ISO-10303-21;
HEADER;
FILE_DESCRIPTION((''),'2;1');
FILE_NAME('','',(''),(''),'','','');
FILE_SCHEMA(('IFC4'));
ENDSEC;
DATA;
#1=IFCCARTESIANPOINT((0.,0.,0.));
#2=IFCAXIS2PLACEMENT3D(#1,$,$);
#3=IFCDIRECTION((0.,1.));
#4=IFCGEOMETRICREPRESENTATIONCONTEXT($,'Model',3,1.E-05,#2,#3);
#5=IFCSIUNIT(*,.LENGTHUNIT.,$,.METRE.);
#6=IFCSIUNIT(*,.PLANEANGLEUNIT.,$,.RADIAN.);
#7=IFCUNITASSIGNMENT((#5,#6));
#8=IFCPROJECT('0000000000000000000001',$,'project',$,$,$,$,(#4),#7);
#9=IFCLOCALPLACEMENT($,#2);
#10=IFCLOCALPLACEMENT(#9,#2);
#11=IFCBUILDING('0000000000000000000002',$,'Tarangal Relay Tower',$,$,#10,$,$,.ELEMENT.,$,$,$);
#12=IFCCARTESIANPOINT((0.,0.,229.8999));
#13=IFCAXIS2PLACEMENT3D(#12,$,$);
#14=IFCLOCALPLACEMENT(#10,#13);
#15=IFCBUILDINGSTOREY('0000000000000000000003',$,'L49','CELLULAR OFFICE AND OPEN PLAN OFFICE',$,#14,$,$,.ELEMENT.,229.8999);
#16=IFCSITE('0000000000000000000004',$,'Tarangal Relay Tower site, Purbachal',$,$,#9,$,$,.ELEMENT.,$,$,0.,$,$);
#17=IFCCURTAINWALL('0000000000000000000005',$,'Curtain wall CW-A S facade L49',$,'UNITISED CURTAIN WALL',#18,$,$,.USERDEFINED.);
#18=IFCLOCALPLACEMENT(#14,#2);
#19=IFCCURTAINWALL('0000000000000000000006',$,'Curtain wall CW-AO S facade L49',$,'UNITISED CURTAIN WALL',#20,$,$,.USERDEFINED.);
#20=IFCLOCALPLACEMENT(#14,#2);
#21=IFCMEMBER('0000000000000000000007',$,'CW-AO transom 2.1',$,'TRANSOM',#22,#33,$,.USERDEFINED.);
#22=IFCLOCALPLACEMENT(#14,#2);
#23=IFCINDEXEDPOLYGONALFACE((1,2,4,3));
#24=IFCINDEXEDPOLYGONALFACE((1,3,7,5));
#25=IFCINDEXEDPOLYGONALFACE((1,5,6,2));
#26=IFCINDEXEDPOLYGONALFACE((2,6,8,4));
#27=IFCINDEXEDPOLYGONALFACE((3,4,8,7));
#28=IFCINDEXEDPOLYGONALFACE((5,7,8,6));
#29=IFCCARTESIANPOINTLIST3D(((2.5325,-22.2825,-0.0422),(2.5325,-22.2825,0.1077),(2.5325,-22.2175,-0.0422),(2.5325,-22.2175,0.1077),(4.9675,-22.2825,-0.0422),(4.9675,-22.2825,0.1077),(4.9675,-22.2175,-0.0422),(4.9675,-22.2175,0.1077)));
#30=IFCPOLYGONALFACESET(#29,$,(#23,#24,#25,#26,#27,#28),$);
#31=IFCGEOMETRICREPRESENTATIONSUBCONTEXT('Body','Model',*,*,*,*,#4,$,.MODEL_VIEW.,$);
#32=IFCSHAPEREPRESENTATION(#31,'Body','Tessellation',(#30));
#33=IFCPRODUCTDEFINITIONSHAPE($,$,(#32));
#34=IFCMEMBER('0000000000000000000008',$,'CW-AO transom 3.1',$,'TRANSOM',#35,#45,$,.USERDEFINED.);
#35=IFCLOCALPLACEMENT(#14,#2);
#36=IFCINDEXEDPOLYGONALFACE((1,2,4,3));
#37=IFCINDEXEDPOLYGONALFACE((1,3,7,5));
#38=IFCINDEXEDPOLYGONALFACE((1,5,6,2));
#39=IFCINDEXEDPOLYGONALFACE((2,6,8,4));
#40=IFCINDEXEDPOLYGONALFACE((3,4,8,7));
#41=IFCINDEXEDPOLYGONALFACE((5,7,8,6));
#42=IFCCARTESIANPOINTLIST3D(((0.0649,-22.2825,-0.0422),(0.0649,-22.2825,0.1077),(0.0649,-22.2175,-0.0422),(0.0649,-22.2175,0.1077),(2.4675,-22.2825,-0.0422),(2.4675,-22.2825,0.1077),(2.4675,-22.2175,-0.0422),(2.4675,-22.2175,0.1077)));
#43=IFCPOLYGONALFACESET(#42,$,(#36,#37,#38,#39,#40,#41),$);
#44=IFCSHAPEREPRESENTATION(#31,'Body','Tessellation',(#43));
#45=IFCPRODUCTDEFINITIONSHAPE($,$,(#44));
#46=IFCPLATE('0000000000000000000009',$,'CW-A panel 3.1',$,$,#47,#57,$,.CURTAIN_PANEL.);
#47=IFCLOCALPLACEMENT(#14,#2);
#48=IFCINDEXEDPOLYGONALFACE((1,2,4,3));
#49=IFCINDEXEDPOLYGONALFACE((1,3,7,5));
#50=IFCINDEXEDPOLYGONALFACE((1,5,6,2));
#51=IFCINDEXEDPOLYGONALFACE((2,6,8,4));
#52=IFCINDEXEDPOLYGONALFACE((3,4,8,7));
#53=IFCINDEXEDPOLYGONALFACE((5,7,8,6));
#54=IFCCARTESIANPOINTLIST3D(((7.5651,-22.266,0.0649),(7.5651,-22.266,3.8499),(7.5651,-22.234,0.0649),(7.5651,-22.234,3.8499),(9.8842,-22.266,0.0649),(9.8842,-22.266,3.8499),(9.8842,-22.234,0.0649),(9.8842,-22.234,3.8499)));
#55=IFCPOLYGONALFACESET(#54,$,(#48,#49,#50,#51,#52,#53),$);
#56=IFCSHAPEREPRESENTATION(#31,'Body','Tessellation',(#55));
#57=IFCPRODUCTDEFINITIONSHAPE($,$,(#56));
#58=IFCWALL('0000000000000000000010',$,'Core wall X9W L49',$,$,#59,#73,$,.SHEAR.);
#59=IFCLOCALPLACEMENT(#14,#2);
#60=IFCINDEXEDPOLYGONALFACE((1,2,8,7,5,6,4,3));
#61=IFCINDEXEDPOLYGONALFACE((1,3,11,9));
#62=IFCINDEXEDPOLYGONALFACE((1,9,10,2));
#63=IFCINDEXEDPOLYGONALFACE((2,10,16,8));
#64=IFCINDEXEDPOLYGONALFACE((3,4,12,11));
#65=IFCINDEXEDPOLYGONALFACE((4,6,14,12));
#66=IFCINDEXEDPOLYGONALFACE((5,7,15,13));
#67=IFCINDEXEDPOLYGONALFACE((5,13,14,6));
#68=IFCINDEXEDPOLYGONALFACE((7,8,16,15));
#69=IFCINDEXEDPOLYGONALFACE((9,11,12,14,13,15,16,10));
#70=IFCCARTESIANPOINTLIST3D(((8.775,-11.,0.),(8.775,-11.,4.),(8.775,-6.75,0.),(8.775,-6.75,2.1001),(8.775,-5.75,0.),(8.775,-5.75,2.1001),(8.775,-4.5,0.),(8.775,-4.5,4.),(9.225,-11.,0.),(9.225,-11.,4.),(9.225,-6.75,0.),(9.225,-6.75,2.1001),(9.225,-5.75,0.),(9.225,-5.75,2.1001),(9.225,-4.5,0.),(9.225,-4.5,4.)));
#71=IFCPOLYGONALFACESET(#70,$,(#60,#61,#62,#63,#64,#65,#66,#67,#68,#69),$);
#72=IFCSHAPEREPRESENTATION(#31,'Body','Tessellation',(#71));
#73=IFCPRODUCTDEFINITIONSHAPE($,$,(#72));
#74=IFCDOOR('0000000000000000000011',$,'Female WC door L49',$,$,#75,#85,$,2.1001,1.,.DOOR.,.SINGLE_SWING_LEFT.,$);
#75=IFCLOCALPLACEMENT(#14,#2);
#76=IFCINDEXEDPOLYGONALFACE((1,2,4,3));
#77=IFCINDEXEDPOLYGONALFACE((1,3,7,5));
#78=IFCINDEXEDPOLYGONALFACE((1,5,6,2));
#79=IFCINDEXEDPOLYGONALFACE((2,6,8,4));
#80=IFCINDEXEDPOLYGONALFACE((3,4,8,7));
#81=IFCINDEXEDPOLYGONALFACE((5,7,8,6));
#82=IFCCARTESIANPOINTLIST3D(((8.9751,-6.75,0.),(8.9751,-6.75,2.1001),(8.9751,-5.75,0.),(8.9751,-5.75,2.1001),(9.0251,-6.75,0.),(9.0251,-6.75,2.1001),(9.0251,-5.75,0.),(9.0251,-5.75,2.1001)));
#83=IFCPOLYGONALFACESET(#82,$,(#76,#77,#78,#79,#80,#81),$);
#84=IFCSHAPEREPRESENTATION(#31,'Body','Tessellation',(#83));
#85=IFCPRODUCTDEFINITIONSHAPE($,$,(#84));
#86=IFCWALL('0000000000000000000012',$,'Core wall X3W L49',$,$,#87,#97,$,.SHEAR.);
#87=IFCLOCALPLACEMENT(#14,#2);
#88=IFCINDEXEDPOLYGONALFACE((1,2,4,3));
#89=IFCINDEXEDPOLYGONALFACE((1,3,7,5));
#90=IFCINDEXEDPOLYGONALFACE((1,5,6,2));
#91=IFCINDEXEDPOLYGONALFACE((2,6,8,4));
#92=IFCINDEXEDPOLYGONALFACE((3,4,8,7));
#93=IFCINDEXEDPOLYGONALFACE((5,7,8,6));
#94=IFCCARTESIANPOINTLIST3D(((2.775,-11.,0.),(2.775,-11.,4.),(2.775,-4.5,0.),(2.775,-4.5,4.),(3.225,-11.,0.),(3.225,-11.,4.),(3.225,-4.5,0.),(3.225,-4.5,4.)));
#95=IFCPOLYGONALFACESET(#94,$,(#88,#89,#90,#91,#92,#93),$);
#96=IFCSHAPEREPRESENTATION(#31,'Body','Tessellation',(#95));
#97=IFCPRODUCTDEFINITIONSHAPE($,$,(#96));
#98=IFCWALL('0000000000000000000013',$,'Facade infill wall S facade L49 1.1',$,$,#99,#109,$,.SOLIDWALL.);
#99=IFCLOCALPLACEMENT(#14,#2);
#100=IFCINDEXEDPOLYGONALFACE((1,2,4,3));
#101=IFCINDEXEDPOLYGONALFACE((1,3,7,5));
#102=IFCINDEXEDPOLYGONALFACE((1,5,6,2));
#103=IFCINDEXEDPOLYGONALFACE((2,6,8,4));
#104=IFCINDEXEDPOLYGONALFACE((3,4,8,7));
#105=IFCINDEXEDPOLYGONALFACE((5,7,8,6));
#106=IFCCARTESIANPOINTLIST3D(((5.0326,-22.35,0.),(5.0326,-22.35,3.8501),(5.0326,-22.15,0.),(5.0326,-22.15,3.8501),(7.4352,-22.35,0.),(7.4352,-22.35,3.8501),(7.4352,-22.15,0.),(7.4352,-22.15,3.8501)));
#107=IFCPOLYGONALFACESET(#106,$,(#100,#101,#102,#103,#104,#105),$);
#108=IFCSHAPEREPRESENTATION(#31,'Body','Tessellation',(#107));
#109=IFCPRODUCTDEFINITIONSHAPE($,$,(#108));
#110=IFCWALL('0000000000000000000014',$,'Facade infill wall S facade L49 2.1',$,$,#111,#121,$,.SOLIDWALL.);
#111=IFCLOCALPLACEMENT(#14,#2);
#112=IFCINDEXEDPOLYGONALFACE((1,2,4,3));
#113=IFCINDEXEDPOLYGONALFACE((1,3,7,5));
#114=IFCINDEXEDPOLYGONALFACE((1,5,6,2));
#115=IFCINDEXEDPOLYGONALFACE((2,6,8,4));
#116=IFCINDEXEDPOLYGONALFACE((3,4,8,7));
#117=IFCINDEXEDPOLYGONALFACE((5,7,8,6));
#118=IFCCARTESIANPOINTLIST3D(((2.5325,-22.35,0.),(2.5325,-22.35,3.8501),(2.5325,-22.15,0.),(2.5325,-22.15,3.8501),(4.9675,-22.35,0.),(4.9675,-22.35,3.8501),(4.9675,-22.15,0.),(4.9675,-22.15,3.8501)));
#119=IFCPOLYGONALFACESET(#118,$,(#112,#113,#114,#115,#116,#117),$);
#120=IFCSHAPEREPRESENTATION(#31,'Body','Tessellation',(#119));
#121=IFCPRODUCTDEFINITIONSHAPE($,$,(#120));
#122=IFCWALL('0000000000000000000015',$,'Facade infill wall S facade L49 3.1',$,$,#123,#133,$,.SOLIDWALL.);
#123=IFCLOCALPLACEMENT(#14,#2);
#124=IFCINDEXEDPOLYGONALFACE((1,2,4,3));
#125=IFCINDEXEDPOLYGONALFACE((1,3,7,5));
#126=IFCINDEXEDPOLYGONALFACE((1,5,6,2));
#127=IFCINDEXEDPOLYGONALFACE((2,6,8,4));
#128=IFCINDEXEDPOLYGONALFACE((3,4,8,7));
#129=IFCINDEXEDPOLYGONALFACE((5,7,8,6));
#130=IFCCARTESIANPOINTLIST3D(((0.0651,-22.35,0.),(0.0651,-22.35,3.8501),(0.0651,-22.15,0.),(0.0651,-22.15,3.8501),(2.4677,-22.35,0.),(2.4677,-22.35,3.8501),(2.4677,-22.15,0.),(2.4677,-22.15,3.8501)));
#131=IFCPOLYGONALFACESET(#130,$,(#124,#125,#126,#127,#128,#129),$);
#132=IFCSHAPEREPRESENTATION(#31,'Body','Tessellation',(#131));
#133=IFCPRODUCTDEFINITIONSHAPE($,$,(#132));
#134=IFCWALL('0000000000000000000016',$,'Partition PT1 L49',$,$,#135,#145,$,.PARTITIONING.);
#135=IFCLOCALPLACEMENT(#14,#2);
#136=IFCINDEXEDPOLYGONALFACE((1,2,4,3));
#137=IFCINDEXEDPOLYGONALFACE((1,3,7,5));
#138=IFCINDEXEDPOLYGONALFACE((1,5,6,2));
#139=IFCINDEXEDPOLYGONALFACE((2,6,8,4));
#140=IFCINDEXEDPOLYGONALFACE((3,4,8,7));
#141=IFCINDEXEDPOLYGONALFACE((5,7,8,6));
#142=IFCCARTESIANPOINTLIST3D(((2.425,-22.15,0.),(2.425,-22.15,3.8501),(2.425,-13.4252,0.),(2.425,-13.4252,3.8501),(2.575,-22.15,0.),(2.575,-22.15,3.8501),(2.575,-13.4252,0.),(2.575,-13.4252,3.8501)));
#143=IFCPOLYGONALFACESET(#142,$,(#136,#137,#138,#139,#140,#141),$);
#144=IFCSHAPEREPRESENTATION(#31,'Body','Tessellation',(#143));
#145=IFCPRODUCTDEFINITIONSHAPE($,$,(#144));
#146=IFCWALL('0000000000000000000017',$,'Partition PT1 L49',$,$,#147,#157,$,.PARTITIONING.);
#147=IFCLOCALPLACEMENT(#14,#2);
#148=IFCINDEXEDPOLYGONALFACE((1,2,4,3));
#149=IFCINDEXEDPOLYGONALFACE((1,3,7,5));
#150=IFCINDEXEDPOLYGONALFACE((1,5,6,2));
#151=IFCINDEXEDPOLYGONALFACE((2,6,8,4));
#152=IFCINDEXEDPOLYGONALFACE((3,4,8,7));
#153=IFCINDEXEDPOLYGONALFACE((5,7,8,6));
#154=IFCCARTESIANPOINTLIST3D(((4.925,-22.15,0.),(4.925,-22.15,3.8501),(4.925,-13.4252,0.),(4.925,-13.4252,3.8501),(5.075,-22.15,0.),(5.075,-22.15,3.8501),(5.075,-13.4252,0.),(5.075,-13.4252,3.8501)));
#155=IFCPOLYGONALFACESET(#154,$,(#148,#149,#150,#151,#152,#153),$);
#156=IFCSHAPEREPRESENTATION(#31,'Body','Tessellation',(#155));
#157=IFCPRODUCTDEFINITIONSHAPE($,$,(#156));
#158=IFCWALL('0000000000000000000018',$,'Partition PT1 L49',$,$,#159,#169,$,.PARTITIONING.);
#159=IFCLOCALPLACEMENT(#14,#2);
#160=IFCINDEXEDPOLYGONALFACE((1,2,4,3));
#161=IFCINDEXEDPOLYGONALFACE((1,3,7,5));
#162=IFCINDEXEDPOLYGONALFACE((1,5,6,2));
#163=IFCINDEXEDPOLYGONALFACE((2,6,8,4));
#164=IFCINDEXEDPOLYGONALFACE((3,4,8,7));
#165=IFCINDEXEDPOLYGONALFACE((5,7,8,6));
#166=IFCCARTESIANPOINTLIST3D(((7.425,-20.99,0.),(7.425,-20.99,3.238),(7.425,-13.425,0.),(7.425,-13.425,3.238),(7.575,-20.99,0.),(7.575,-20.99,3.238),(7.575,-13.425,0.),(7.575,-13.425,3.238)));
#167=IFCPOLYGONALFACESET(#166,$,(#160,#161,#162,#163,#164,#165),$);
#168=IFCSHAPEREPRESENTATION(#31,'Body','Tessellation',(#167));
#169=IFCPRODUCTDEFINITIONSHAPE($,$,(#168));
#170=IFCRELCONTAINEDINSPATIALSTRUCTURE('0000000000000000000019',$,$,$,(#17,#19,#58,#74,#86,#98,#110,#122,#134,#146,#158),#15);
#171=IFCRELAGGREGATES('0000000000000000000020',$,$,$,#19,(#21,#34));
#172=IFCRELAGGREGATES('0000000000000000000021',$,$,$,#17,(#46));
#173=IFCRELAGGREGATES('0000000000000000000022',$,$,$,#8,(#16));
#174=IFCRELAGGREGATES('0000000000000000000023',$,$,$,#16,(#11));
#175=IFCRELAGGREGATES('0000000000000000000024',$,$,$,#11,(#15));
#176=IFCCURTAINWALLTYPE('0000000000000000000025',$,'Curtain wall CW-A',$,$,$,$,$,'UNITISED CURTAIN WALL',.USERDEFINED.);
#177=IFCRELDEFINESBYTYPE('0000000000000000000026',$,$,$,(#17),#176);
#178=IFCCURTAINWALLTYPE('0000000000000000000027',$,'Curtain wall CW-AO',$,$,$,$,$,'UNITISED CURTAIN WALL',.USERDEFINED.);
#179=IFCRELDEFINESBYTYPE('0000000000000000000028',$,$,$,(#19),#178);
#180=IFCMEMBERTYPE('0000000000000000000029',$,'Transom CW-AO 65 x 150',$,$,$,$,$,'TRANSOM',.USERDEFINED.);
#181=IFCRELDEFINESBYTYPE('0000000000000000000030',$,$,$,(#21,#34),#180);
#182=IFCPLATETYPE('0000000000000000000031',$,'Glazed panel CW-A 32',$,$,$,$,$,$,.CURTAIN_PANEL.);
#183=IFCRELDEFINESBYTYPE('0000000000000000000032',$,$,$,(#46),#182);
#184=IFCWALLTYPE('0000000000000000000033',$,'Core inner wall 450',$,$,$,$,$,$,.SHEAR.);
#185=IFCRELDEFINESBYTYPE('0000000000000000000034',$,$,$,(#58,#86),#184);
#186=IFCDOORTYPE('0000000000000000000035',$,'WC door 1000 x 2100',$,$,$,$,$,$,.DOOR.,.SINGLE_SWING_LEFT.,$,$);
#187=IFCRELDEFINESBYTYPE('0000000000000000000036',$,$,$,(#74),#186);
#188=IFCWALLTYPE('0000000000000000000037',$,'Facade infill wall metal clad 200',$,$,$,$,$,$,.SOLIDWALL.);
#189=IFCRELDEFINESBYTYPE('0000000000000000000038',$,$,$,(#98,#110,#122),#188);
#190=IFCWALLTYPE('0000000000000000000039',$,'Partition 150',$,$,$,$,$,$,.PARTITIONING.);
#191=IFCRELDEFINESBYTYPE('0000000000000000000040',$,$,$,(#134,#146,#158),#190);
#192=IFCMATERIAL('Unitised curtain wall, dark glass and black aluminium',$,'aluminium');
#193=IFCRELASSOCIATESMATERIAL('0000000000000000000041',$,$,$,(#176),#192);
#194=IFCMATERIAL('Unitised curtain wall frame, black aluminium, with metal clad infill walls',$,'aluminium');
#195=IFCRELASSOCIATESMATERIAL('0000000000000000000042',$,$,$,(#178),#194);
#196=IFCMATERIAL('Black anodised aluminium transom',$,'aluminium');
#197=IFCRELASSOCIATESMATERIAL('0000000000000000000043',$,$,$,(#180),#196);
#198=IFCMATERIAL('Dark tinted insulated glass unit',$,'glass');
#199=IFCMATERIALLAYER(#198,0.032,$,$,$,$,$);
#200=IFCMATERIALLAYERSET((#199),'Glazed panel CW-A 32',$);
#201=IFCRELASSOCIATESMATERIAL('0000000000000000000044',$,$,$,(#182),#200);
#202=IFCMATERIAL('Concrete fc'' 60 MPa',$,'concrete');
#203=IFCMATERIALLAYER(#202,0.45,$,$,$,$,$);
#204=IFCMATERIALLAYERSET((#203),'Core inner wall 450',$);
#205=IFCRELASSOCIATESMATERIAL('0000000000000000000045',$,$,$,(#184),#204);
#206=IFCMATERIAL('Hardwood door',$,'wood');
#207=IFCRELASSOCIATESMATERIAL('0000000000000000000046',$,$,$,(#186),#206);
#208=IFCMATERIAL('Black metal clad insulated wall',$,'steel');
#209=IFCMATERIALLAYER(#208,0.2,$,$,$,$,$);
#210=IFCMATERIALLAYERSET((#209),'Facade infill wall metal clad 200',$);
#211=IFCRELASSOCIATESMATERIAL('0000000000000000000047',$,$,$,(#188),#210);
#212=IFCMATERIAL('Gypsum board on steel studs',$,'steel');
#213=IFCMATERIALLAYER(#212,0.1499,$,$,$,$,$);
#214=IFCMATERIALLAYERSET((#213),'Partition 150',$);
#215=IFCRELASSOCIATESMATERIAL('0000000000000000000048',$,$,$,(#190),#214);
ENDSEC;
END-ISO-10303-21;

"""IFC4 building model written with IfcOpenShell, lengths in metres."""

from ifc_helpers import new_model, si_unit, direction, frame, frame_2d, origin, origin_2d, place, context, subcontext, project, spatial, rectangle, extrude, material, layer, layer_set, material_profile, profile_set, type_object, element, fill, aggregate, save


model = new_model("IFC4")

# Units and contexts
model_context = context("Model", 3, precision=1e-05, world=origin(), true_north=direction((0.0, 1.0)))
body_context = subcontext(model_context, "Body", "Model", "MODEL_VIEW")
ifc_project = project(units=[si_unit("LENGTHUNIT", "METRE"), si_unit("PLANEANGLEUNIT", "RADIAN")], contexts=[model_context])

# Site, building, storey
site_placement = place(None, origin())
site = spatial("IfcSite", under=ifc_project, at=site_placement, Name="Tarangal Relay Tower site, Purbachal", CompositionType="ELEMENT", RefElevation=0.0)
building_placement = place(site_placement, origin())
building = spatial("IfcBuilding", under=site, at=building_placement, Name="Tarangal Relay Tower", CompositionType="ELEMENT")
storey_placement = place(building_placement, frame((0.0, 0.0, 229.8999)))
storey = spatial("IfcBuildingStorey", under=building, at=storey_placement, Name="L49", Description="CELLULAR OFFICE AND OPEN PLAN OFFICE", CompositionType="ELEMENT", Elevation=229.8999)

# Curtain wall
ifc_material_1 = material(Name="Unitised curtain wall, dark glass and black aluminium", Category="aluminium")
curtain_wall_type_1 = type_object("IfcCurtainWallType", Name="Curtain wall CW-A", ElementType="UNITISED CURTAIN WALL", PredefinedType="USERDEFINED", material=ifc_material_1)
curtain_wall_1_placement = place(storey_placement, origin())
curtain_wall_1 = element("IfcCurtainWall", 1, at=curtain_wall_1_placement, inside=storey, type_object=curtain_wall_type_1, Name="Curtain wall CW-A S facade L49", ObjectType="UNITISED CURTAIN WALL", PredefinedType="USERDEFINED")

# Curtain wall
ifc_material_2 = material(Name="Unitised curtain wall frame, black aluminium, with metal clad infill walls", Category="aluminium")
curtain_wall_type_2 = type_object("IfcCurtainWallType", Name="Curtain wall CW-AO", ElementType="UNITISED CURTAIN WALL", PredefinedType="USERDEFINED", material=ifc_material_2)
curtain_wall_2_placement = place(storey_placement, origin())
curtain_wall_2 = element("IfcCurtainWall", 2, at=curtain_wall_2_placement, inside=storey, type_object=curtain_wall_type_2, Name="Curtain wall CW-AO S facade L49", ObjectType="UNITISED CURTAIN WALL", PredefinedType="USERDEFINED")

# Members
ifc_material_3 = material(Name="Black anodised aluminium transom", Category="aluminium")
ifc_material_profile_1 = material_profile(ifc_material_3, rectangle(XDim=0.0649, YDim=0.1499, at=origin_2d()), Name="CW-AOT 65X150")
ifc_profile_set_1 = profile_set([ifc_material_profile_1], Name="Black anodised aluminium transom")
member_type_1 = type_object("IfcMemberType", Name="Transom CW-AO 65 x 150", ElementType="TRANSOM", PredefinedType="USERDEFINED", material=ifc_profile_set_1)
member_1_placement = place(storey_placement, frame((4.9675, -22.25, 0.0327), z_axis=(-1.0, 0.0, 0.0), x_axis=(0.0, -1.0, 0.0)))
member_1 = element("IfcMember", 3, at=member_1_placement, type_object=member_type_1, Name="CW-AO transom 2.1", ObjectType="TRANSOM", PredefinedType="USERDEFINED", context=body_context, shape_type="SweptSolid", body=[
    extrude(rectangle(XDim=0.0649, YDim=0.1499, at=origin_2d()), origin(), (0.0, 0.0, 1.0), 2.4351),
])
member_2_placement = place(storey_placement, frame((2.4675, -22.25, 0.0327), z_axis=(-1.0, 0.0, 0.0), x_axis=(0.0, -1.0, 0.0)))
member_2 = element("IfcMember", 4, at=member_2_placement, type_object=member_type_1, Name="CW-AO transom 3.1", ObjectType="TRANSOM", PredefinedType="USERDEFINED", context=body_context, shape_type="SweptSolid", body=[
    extrude(rectangle(XDim=0.0649, YDim=0.1499, at=origin_2d()), origin(), (0.0, 0.0, 1.0), 2.4026),
])
aggregate(curtain_wall_2, [member_1, member_2])

# Plate
ifc_material_4 = material(Name="Dark tinted insulated glass unit", Category="glass")
ifc_layer_1 = layer(ifc_material_4, 0.032)
ifc_layer_set_1 = layer_set([ifc_layer_1], Name="Glazed panel CW-A 32")
plate_type = type_object("IfcPlateType", Name="Glazed panel CW-A 32", PredefinedType="CURTAIN_PANEL", material=ifc_layer_set_1)
plate_placement = place(storey_placement, frame((8.7246, -22.25, 0.0649), z_axis=(0.0, 0.0, 1.0), x_axis=(-1.0, 0.0, 0.0)))
plate = element("IfcPlate", 5, at=plate_placement, type_object=plate_type, Name="CW-A panel 3.1", PredefinedType="CURTAIN_PANEL", context=body_context, shape_type="SweptSolid", body=[
    extrude(rectangle(XDim=2.3191, YDim=0.032, at=origin_2d()), origin(), (0.0, 0.0, 1.0), 3.7849),
])
aggregate(curtain_wall_1, [plate])

# Wall, opening, door
ifc_material_5 = material(Name="Concrete fc' 60 MPa", Category="concrete")
ifc_layer_2 = layer(ifc_material_5, 0.45)
ifc_layer_set_2 = layer_set([ifc_layer_2], Name="Core inner wall 450")
wall_type_1 = type_object("IfcWallType", Name="Core inner wall 450", PredefinedType="SHEAR", material=ifc_layer_set_2)
wall_1_placement = place(storey_placement, frame((9.0, -11.0, 0.0), z_axis=(0.0, 0.0, 1.0), x_axis=(0.0, 1.0, 0.0)))
wall_1 = element("IfcWall", 6, at=wall_1_placement, inside=storey, type_object=wall_type_1, Name="Core wall X9W L49", PredefinedType="SHEAR", context=body_context, shape_type="SweptSolid", body=[
    extrude(rectangle(XDim=6.5, YDim=0.45, at=frame_2d((3.25, 0.0))), origin(), (0.0, 0.0, 1.0), 4.0),
])
opening_1_placement = place(wall_1_placement, frame((4.25, 0.0, 0.0)))
opening_1 = element("IfcOpeningElement", 7, at=opening_1_placement, cuts=wall_1, PredefinedType="OPENING", context=body_context, shape_type="SweptSolid", body=[
    extrude(rectangle(XDim=1.0, YDim=2.1001, at=frame_2d((0.5, 1.05))), frame((0.0, 0.2349, 0.0), z_axis=(0.0, -1.0, 0.0), x_axis=(1.0, 0.0, 0.0)), (0.0, 0.0, 1.0), 0.47),
])
ifc_material_6 = material(Name="Hardwood door", Category="wood")
door_type = type_object("IfcDoorType", Name="WC door 1000 x 2100", OperationType="SINGLE_SWING_LEFT", PredefinedType="DOOR", material=ifc_material_6)
door_1_placement = place(opening_1_placement, origin())
door_1 = element("IfcDoor", 8, at=door_1_placement, inside=storey, type_object=door_type, Name="Female WC door L49", OperationType="SINGLE_SWING_LEFT", OverallHeight=2.1001, OverallWidth=1.0, PredefinedType="DOOR", context=body_context, shape_type="SweptSolid", body=[
    extrude(rectangle(XDim=1.0, YDim=2.1001, at=frame_2d((0.5, 1.05))), frame((0.0, 0.0249, 0.0), z_axis=(0.0, -1.0, 0.0), x_axis=(1.0, 0.0, 0.0)), (0.0, 0.0, 1.0), 0.05),
])
fill(opening_1, door_1)

# Walls
wall_2_placement = place(storey_placement, frame((3.0, -11.0, 0.0), z_axis=(0.0, 0.0, 1.0), x_axis=(0.0, 1.0, 0.0)))
element("IfcWall", 9, at=wall_2_placement, inside=storey, type_object=wall_type_1, Name="Core wall X3W L49", PredefinedType="SHEAR", context=body_context, shape_type="SweptSolid", body=[
    extrude(rectangle(XDim=6.5, YDim=0.45, at=frame_2d((3.25, 0.0))), origin(), (0.0, 0.0, 1.0), 4.0),
])
ifc_material_7 = material(Name="Black metal clad insulated wall", Category="steel")
ifc_layer_3 = layer(ifc_material_7, 0.2)
ifc_layer_set_3 = layer_set([ifc_layer_3], Name="Facade infill wall metal clad 200")
wall_type_2 = type_object("IfcWallType", Name="Facade infill wall metal clad 200", PredefinedType="SOLIDWALL", material=ifc_layer_set_3)
wall_3_placement = place(storey_placement, frame((7.4351, -22.25, 0.0), z_axis=(0.0, 0.0, 1.0), x_axis=(-1.0, 0.0, 0.0)))
element("IfcWall", 10, at=wall_3_placement, inside=storey, type_object=wall_type_2, Name="Facade infill wall S facade L49 1.1", PredefinedType="SOLIDWALL", context=body_context, shape_type="SweptSolid", body=[
    extrude(rectangle(XDim=2.4026, YDim=0.2, at=frame_2d((1.2012, 0.0))), origin(), (0.0, 0.0, 1.0), 3.8501),
])
wall_4_placement = place(storey_placement, frame((4.9675, -22.25, 0.0), z_axis=(0.0, 0.0, 1.0), x_axis=(-1.0, 0.0, 0.0)))
element("IfcWall", 11, at=wall_4_placement, inside=storey, type_object=wall_type_2, Name="Facade infill wall S facade L49 2.1", PredefinedType="SOLIDWALL", context=body_context, shape_type="SweptSolid", body=[
    extrude(rectangle(XDim=2.4351, YDim=0.2, at=frame_2d((1.2175, 0.0))), origin(), (0.0, 0.0, 1.0), 3.8501),
])
wall_5_placement = place(storey_placement, frame((2.4675, -22.25, 0.0), z_axis=(0.0, 0.0, 1.0), x_axis=(-1.0, 0.0, 0.0)))
element("IfcWall", 12, at=wall_5_placement, inside=storey, type_object=wall_type_2, Name="Facade infill wall S facade L49 3.1", PredefinedType="SOLIDWALL", context=body_context, shape_type="SweptSolid", body=[
    extrude(rectangle(XDim=2.4026, YDim=0.2, at=frame_2d((1.2012, 0.0))), origin(), (0.0, 0.0, 1.0), 3.8501),
])
ifc_material_8 = material(Name="Gypsum board on steel studs", Category="steel")
ifc_layer_4 = layer(ifc_material_8, 0.1499)
ifc_layer_set_4 = layer_set([ifc_layer_4], Name="Partition 150")
wall_type_3 = type_object("IfcWallType", Name="Partition 150", PredefinedType="PARTITIONING", material=ifc_layer_set_4)
for number, where, z_axis, x_axis, name in (
    (13, (2.5, -22.1499, 0.0), (0.0, 0.0, 1.0), (0.0, 1.0, 0.0), "Partition PT1 L49"),
    (14, (5.0, -22.1499, 0.0), (0.0, 0.0, 1.0), (0.0, 1.0, 0.0), "Partition PT1 L49"),
):
    element("IfcWall", number, at=place(storey_placement, frame(where, z_axis=z_axis, x_axis=x_axis)), inside=storey, type_object=wall_type_3, Name=name, PredefinedType="PARTITIONING", context=body_context, shape_type="SweptSolid", body=[
        extrude(rectangle(XDim=8.7249, YDim=0.1499, at=frame_2d((4.3623, 0.0))), origin(), (0.0, 0.0, 1.0), 3.8501),
    ])
wall_6_placement = place(storey_placement, frame((7.5, -20.99, 0.0), z_axis=(0.0, 0.0, 1.0), x_axis=(0.0, 1.0, 0.0)))
element("IfcWall", 15, at=wall_6_placement, inside=storey, type_object=wall_type_3, Name="Partition PT1 L49", PredefinedType="PARTITIONING", context=body_context, shape_type="SweptSolid", body=[
    extrude(rectangle(XDim=7.5649, YDim=0.1499, at=frame_2d((3.7825, 0.0))), origin(), (0.0, 0.0, 1.0), 3.238),
])

save(model, "model.ifc")
